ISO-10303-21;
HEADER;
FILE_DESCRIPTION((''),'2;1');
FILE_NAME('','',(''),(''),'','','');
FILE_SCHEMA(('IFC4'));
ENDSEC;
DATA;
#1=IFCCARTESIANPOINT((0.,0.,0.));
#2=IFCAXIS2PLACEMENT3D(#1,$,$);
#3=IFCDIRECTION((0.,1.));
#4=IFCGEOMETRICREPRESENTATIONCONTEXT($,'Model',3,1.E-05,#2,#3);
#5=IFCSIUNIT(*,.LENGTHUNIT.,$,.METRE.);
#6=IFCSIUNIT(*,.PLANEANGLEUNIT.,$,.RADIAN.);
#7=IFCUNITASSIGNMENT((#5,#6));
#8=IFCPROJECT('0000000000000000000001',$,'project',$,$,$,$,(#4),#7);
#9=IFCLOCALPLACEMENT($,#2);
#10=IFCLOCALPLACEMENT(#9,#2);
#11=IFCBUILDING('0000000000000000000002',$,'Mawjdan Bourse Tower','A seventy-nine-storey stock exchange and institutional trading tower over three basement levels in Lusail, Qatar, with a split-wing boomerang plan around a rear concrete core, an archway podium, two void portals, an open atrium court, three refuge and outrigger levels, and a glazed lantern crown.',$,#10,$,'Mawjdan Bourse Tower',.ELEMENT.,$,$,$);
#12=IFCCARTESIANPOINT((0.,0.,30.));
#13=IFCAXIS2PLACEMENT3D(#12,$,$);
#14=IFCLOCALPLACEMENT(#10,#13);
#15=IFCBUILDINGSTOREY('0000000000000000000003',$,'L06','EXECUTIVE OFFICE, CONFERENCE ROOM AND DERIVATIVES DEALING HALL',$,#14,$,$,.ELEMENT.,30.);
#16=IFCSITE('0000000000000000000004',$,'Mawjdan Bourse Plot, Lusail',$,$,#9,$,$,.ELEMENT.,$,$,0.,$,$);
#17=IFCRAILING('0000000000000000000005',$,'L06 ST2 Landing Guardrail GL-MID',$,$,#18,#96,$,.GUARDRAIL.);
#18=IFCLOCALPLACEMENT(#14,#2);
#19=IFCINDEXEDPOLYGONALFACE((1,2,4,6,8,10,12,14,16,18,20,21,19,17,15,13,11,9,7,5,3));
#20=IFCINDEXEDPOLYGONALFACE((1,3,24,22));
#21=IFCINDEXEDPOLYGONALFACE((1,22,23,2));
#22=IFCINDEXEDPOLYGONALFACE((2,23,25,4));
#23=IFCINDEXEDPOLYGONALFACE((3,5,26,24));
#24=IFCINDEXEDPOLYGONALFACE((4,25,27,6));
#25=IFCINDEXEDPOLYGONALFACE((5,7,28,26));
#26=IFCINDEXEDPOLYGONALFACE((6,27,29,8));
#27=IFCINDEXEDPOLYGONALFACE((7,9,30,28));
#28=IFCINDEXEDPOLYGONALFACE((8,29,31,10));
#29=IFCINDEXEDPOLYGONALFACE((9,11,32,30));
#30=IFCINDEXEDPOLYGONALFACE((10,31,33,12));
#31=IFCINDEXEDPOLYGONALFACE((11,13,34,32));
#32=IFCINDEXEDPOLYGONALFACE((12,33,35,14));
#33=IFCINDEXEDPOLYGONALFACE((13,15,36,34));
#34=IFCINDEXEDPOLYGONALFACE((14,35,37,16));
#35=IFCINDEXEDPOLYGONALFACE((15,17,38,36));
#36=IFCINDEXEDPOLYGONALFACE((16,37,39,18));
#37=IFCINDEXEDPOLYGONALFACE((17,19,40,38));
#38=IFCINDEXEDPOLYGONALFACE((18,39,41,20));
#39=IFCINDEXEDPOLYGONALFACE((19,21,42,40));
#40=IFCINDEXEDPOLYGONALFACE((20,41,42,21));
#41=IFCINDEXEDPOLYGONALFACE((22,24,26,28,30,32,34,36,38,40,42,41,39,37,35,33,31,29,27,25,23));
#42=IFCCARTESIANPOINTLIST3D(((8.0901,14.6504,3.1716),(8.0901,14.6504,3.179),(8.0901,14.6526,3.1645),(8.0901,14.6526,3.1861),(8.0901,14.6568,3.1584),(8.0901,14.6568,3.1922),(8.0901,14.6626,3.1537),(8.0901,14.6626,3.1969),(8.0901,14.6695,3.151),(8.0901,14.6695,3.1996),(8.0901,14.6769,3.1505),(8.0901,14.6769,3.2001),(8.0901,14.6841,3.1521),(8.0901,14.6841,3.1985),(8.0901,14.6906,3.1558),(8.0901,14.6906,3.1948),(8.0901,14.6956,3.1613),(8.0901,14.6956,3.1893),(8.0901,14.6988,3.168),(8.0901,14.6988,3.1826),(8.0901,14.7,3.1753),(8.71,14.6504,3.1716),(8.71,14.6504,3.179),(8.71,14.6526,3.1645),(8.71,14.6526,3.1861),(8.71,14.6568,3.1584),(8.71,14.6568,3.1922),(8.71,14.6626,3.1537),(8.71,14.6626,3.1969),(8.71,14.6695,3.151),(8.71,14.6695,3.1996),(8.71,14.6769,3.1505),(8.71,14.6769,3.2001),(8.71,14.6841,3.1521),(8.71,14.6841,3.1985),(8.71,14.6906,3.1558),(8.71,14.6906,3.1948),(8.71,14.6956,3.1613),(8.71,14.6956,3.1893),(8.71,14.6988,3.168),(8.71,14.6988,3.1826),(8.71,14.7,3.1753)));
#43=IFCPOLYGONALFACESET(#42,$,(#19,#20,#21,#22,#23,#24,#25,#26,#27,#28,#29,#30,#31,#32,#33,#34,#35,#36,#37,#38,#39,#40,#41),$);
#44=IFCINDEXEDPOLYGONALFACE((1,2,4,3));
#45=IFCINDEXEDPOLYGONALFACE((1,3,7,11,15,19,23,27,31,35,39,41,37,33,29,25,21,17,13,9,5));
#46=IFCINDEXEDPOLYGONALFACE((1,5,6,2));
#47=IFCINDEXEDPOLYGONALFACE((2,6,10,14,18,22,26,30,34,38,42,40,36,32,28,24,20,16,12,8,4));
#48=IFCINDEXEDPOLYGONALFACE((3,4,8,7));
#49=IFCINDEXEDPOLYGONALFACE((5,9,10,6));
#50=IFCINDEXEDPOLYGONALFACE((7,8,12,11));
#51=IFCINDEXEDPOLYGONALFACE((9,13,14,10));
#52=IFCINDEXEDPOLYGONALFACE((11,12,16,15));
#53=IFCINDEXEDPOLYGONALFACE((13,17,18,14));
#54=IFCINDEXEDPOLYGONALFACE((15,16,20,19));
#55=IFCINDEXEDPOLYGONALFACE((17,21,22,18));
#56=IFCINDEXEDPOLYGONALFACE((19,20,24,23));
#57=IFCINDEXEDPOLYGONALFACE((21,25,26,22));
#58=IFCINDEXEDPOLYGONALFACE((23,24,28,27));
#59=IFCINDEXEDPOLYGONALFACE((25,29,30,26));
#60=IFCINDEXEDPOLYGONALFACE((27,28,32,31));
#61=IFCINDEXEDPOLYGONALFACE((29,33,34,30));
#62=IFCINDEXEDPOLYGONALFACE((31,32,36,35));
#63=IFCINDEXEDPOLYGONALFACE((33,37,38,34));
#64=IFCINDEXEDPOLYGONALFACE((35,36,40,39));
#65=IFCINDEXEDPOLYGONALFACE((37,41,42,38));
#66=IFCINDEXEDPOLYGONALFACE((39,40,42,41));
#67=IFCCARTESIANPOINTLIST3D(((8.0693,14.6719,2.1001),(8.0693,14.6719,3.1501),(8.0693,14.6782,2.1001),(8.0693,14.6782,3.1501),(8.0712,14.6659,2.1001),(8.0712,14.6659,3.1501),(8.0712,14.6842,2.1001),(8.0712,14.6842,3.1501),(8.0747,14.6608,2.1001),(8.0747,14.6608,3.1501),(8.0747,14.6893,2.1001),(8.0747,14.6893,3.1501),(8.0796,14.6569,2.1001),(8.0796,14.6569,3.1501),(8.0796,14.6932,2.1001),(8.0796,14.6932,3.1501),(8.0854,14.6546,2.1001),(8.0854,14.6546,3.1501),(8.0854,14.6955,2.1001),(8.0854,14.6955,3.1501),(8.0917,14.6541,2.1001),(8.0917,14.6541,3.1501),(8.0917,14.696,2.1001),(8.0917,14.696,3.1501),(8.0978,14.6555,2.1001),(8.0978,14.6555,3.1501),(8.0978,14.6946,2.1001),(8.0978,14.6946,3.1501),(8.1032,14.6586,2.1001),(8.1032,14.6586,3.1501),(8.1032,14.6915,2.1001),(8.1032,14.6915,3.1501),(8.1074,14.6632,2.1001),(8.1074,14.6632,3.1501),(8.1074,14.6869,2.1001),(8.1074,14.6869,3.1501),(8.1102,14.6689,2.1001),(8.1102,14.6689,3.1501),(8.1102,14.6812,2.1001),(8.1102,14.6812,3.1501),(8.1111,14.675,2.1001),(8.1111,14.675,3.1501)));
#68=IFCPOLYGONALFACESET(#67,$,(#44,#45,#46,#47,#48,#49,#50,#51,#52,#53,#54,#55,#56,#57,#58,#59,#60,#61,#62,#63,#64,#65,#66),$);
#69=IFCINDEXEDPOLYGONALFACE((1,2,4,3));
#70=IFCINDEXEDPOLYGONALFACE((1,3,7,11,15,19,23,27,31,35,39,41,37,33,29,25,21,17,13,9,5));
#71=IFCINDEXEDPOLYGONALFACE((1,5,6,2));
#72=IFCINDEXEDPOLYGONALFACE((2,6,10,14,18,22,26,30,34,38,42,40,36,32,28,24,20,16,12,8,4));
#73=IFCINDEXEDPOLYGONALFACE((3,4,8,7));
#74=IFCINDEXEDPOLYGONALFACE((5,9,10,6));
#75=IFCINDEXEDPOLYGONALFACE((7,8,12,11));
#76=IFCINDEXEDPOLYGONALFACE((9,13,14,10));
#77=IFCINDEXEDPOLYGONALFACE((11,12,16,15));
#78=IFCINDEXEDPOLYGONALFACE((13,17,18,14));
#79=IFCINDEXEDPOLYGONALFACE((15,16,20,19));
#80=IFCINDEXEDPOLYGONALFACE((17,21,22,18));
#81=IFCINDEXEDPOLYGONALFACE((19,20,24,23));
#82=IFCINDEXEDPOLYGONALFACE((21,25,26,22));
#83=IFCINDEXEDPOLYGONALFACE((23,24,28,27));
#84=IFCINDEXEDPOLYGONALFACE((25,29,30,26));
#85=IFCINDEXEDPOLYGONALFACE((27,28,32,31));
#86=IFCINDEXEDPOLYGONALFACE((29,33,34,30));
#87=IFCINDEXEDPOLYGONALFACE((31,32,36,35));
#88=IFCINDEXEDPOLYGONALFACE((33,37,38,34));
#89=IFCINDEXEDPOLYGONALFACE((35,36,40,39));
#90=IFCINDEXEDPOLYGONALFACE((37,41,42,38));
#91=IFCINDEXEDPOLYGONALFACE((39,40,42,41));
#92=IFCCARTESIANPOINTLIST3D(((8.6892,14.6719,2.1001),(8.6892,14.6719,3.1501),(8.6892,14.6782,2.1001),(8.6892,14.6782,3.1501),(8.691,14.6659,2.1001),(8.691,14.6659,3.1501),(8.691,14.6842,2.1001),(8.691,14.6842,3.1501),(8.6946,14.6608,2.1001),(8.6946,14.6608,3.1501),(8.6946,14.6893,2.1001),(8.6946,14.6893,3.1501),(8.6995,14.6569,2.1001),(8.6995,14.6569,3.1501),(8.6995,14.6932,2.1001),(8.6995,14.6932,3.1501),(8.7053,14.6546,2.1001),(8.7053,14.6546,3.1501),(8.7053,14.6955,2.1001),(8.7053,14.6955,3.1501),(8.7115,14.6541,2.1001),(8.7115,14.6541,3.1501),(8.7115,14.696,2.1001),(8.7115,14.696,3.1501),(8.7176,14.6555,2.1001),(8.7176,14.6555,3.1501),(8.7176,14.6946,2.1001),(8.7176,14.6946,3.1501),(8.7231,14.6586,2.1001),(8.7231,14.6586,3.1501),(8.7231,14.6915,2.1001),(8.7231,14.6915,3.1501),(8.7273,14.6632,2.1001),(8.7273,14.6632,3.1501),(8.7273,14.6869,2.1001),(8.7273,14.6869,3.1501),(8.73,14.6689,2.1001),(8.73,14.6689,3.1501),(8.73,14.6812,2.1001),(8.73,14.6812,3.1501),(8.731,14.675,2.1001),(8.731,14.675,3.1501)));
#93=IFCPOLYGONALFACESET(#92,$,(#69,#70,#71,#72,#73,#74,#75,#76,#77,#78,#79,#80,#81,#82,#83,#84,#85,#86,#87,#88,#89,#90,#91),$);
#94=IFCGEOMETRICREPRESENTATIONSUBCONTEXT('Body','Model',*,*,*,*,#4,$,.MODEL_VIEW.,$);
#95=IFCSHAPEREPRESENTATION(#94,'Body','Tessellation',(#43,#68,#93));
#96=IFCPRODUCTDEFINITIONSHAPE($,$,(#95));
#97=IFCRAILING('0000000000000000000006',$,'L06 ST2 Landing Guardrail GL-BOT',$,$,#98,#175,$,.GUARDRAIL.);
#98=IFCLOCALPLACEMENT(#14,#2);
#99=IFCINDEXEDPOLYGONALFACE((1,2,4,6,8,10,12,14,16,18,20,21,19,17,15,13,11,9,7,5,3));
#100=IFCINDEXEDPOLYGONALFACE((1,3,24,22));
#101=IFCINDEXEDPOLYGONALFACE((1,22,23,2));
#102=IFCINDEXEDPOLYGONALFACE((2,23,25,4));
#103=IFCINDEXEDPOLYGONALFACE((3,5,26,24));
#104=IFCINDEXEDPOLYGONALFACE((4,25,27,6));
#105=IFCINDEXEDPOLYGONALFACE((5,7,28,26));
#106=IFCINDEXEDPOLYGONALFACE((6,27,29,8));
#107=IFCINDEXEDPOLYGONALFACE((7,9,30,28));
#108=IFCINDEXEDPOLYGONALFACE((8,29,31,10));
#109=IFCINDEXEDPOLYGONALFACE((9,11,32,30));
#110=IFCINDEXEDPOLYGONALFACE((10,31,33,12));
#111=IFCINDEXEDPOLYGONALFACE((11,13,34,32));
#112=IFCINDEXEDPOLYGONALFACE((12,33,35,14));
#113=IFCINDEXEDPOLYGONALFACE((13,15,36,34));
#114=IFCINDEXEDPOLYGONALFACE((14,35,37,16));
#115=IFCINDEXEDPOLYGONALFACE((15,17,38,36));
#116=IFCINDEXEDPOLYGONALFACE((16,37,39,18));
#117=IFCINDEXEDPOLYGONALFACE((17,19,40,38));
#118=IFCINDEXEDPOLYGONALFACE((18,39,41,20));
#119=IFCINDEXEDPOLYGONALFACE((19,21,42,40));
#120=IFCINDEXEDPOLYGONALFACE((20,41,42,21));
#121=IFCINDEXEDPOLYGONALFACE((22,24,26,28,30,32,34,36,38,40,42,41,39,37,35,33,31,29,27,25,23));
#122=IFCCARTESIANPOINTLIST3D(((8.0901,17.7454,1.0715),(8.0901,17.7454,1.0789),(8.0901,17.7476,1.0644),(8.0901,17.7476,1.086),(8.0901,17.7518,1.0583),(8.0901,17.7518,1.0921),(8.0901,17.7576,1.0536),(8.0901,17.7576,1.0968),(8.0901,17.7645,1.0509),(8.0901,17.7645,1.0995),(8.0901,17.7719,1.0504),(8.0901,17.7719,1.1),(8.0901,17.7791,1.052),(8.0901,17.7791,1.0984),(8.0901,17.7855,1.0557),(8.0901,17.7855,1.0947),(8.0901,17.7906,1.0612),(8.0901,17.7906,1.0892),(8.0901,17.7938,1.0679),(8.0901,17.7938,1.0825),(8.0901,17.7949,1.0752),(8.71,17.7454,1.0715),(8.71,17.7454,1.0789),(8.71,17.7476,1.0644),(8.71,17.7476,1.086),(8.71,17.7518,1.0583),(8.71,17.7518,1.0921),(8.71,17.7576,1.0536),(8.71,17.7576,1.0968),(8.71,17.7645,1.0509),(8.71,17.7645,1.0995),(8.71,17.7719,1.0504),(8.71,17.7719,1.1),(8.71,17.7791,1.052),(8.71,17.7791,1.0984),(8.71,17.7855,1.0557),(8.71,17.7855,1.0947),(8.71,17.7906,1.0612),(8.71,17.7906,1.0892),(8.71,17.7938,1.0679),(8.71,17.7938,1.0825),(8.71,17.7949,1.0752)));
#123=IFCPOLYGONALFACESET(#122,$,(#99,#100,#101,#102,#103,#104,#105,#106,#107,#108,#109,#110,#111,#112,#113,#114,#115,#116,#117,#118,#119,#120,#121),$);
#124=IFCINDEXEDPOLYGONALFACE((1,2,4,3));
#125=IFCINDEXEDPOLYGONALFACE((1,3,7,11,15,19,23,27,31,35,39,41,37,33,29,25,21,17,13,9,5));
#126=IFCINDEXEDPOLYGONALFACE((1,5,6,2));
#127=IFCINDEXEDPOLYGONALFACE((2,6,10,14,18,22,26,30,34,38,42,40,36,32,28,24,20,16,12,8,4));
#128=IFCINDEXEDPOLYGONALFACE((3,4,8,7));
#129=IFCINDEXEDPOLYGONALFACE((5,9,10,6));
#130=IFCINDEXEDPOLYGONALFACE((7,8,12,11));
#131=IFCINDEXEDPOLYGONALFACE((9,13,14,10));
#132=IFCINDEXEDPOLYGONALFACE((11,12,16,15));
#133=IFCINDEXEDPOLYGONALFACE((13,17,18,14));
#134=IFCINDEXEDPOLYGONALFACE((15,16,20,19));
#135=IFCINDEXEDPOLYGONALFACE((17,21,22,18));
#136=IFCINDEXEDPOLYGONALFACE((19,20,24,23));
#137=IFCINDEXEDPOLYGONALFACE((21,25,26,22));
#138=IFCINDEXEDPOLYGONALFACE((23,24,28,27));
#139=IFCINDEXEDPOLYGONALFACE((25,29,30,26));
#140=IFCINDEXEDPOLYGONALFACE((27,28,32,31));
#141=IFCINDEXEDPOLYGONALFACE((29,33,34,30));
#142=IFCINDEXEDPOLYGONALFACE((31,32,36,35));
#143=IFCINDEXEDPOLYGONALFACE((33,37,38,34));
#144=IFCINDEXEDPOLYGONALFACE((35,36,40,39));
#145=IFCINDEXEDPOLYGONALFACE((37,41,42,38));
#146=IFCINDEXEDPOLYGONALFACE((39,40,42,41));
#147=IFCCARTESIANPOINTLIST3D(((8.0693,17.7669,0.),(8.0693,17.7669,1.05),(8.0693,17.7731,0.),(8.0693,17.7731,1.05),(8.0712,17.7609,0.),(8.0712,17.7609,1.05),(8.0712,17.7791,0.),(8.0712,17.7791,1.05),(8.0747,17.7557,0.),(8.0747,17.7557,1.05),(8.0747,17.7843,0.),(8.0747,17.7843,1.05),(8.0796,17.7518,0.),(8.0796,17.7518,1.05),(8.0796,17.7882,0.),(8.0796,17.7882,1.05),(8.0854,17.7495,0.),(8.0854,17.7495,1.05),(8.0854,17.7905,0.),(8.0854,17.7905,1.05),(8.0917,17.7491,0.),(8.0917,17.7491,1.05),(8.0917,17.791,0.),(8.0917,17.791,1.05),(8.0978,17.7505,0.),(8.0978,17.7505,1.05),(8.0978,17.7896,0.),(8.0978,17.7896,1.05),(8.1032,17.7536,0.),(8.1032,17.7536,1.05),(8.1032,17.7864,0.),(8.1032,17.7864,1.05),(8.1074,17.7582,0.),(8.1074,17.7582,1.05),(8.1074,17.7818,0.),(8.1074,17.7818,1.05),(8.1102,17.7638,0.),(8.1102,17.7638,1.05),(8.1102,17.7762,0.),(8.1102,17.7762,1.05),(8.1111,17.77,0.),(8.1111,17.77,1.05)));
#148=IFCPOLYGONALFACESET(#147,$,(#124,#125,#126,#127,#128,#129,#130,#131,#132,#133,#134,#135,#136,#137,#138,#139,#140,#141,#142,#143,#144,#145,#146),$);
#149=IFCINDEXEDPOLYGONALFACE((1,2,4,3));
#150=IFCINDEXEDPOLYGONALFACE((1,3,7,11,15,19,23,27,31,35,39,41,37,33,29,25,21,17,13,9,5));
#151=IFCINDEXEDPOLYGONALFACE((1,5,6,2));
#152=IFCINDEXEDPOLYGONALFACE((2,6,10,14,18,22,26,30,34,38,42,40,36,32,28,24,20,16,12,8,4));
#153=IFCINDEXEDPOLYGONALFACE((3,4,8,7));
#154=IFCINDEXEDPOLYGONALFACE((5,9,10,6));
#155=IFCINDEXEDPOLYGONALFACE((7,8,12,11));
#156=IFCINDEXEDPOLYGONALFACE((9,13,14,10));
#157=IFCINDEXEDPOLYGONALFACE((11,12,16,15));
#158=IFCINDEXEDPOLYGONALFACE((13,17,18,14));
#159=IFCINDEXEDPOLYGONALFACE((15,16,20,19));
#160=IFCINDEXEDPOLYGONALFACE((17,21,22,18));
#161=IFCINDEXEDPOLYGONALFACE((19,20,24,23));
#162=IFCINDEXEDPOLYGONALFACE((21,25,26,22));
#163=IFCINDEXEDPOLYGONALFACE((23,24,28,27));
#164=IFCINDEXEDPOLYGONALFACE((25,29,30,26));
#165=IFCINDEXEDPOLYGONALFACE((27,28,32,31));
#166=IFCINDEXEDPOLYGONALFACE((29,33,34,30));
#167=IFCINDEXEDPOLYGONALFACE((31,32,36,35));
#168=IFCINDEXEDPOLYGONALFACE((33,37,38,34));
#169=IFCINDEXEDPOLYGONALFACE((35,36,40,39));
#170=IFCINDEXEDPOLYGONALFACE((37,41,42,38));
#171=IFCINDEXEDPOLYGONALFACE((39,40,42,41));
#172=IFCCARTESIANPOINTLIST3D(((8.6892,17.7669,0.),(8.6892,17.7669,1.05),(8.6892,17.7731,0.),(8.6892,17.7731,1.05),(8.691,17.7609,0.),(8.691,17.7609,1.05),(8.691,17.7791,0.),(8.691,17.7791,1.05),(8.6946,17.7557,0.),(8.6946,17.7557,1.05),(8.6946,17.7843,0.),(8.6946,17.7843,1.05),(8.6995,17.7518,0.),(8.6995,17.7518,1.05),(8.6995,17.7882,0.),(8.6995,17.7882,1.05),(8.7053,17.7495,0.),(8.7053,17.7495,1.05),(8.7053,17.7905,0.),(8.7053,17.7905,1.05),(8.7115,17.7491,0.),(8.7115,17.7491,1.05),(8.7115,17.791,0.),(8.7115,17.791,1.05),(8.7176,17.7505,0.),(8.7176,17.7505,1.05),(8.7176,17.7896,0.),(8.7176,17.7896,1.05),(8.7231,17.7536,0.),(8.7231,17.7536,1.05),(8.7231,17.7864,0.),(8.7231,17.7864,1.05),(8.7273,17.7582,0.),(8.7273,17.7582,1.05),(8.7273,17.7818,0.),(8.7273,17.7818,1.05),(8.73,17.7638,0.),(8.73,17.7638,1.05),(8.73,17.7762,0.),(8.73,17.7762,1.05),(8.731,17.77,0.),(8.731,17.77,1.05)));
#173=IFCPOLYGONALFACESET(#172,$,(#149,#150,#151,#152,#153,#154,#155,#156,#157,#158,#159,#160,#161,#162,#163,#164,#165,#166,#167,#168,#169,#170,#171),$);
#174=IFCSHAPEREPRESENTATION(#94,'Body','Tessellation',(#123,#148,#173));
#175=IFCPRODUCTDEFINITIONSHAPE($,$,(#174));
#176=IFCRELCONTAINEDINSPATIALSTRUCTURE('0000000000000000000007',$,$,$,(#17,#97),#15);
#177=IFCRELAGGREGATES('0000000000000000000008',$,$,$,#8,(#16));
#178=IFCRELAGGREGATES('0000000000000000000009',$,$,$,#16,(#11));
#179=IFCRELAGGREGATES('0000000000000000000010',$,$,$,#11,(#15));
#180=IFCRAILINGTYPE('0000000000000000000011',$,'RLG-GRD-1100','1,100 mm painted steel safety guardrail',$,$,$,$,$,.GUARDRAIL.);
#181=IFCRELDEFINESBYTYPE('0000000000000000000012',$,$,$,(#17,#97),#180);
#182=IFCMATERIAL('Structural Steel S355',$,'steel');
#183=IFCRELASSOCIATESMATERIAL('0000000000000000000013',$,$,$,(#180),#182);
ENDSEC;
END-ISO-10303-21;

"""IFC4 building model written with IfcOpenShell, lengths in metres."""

from ifc_helpers import new_model, si_unit, direction, frame, origin, origin_2d, place, context, subcontext, project, spatial, circle, extrude, material, type_object, element, save


model = new_model("IFC4")

# Units and contexts
model_context = context("Model", 3, precision=1e-05, world=origin(), true_north=direction((0.0, 1.0)))
body_context = subcontext(model_context, "Body", "Model", "MODEL_VIEW")
ifc_project = project(units=[si_unit("LENGTHUNIT", "METRE"), si_unit("PLANEANGLEUNIT", "RADIAN")], contexts=[model_context])

# Site, building, storey
site_placement = place(None, origin())
site = spatial("IfcSite", under=ifc_project, at=site_placement, Name="Mawjdan Bourse Plot, Lusail", CompositionType="ELEMENT", RefElevation=0.0)
building_placement = place(site_placement, origin())
building = spatial("IfcBuilding", under=site, at=building_placement, Name="Mawjdan Bourse Tower", Description="A seventy-nine-storey stock exchange and institutional trading tower over three basement levels in Lusail, Qatar, with a split-wing boomerang plan around a rear concrete core, an archway podium, two void portals, an open atrium court, three refuge and outrigger levels, and a glazed lantern crown.", LongName="Mawjdan Bourse Tower", CompositionType="ELEMENT")
storey_placement = place(building_placement, frame((0.0, 0.0, 30.0)))
storey = spatial("IfcBuildingStorey", under=building, at=storey_placement, Name="L06", Description="EXECUTIVE OFFICE, CONFERENCE ROOM AND DERIVATIVES DEALING HALL", CompositionType="ELEMENT", Elevation=30.0)

# Railings
ifc_material_1 = material(Name="Structural Steel S355", Category="steel")
railing_type_1 = type_object("IfcRailingType", Name="RLG-GRD-1100", Description="1,100 mm painted steel safety guardrail", PredefinedType="GUARDRAIL", material=ifc_material_1)
for number, where, name in (
    (1, (8.0901, 14.675, 2.1001), "L06 ST2 Landing Guardrail GL-MID"),
    (2, (8.0901, 17.77, 0.0), "L06 ST2 Landing Guardrail GL-BOT"),
):
    element("IfcRailing", number, at=place(storey_placement, frame(where)), inside=storey, type_object=railing_type_1, Name=name, PredefinedType="GUARDRAIL", context=body_context, shape_type="SweptSolid", body=[
        extrude(circle(Radius=0.0249, at=origin_2d()), frame((0.0, 0.0, 1.0752), z_axis=(1.0, 0.0, 0.0), x_axis=(0.0, 1.0, 0.0)), (0.0, 0.0, 1.0), 0.6199),
        extrude(circle(Radius=0.021, at=origin_2d()), origin(), (0.0, 0.0, 1.0), 1.05),
        extrude(circle(Radius=0.021, at=origin_2d()), frame((0.6199, 0.0, 0.0)), (0.0, 0.0, 1.0), 1.05),
    ])

save(model, "model.ifc")
